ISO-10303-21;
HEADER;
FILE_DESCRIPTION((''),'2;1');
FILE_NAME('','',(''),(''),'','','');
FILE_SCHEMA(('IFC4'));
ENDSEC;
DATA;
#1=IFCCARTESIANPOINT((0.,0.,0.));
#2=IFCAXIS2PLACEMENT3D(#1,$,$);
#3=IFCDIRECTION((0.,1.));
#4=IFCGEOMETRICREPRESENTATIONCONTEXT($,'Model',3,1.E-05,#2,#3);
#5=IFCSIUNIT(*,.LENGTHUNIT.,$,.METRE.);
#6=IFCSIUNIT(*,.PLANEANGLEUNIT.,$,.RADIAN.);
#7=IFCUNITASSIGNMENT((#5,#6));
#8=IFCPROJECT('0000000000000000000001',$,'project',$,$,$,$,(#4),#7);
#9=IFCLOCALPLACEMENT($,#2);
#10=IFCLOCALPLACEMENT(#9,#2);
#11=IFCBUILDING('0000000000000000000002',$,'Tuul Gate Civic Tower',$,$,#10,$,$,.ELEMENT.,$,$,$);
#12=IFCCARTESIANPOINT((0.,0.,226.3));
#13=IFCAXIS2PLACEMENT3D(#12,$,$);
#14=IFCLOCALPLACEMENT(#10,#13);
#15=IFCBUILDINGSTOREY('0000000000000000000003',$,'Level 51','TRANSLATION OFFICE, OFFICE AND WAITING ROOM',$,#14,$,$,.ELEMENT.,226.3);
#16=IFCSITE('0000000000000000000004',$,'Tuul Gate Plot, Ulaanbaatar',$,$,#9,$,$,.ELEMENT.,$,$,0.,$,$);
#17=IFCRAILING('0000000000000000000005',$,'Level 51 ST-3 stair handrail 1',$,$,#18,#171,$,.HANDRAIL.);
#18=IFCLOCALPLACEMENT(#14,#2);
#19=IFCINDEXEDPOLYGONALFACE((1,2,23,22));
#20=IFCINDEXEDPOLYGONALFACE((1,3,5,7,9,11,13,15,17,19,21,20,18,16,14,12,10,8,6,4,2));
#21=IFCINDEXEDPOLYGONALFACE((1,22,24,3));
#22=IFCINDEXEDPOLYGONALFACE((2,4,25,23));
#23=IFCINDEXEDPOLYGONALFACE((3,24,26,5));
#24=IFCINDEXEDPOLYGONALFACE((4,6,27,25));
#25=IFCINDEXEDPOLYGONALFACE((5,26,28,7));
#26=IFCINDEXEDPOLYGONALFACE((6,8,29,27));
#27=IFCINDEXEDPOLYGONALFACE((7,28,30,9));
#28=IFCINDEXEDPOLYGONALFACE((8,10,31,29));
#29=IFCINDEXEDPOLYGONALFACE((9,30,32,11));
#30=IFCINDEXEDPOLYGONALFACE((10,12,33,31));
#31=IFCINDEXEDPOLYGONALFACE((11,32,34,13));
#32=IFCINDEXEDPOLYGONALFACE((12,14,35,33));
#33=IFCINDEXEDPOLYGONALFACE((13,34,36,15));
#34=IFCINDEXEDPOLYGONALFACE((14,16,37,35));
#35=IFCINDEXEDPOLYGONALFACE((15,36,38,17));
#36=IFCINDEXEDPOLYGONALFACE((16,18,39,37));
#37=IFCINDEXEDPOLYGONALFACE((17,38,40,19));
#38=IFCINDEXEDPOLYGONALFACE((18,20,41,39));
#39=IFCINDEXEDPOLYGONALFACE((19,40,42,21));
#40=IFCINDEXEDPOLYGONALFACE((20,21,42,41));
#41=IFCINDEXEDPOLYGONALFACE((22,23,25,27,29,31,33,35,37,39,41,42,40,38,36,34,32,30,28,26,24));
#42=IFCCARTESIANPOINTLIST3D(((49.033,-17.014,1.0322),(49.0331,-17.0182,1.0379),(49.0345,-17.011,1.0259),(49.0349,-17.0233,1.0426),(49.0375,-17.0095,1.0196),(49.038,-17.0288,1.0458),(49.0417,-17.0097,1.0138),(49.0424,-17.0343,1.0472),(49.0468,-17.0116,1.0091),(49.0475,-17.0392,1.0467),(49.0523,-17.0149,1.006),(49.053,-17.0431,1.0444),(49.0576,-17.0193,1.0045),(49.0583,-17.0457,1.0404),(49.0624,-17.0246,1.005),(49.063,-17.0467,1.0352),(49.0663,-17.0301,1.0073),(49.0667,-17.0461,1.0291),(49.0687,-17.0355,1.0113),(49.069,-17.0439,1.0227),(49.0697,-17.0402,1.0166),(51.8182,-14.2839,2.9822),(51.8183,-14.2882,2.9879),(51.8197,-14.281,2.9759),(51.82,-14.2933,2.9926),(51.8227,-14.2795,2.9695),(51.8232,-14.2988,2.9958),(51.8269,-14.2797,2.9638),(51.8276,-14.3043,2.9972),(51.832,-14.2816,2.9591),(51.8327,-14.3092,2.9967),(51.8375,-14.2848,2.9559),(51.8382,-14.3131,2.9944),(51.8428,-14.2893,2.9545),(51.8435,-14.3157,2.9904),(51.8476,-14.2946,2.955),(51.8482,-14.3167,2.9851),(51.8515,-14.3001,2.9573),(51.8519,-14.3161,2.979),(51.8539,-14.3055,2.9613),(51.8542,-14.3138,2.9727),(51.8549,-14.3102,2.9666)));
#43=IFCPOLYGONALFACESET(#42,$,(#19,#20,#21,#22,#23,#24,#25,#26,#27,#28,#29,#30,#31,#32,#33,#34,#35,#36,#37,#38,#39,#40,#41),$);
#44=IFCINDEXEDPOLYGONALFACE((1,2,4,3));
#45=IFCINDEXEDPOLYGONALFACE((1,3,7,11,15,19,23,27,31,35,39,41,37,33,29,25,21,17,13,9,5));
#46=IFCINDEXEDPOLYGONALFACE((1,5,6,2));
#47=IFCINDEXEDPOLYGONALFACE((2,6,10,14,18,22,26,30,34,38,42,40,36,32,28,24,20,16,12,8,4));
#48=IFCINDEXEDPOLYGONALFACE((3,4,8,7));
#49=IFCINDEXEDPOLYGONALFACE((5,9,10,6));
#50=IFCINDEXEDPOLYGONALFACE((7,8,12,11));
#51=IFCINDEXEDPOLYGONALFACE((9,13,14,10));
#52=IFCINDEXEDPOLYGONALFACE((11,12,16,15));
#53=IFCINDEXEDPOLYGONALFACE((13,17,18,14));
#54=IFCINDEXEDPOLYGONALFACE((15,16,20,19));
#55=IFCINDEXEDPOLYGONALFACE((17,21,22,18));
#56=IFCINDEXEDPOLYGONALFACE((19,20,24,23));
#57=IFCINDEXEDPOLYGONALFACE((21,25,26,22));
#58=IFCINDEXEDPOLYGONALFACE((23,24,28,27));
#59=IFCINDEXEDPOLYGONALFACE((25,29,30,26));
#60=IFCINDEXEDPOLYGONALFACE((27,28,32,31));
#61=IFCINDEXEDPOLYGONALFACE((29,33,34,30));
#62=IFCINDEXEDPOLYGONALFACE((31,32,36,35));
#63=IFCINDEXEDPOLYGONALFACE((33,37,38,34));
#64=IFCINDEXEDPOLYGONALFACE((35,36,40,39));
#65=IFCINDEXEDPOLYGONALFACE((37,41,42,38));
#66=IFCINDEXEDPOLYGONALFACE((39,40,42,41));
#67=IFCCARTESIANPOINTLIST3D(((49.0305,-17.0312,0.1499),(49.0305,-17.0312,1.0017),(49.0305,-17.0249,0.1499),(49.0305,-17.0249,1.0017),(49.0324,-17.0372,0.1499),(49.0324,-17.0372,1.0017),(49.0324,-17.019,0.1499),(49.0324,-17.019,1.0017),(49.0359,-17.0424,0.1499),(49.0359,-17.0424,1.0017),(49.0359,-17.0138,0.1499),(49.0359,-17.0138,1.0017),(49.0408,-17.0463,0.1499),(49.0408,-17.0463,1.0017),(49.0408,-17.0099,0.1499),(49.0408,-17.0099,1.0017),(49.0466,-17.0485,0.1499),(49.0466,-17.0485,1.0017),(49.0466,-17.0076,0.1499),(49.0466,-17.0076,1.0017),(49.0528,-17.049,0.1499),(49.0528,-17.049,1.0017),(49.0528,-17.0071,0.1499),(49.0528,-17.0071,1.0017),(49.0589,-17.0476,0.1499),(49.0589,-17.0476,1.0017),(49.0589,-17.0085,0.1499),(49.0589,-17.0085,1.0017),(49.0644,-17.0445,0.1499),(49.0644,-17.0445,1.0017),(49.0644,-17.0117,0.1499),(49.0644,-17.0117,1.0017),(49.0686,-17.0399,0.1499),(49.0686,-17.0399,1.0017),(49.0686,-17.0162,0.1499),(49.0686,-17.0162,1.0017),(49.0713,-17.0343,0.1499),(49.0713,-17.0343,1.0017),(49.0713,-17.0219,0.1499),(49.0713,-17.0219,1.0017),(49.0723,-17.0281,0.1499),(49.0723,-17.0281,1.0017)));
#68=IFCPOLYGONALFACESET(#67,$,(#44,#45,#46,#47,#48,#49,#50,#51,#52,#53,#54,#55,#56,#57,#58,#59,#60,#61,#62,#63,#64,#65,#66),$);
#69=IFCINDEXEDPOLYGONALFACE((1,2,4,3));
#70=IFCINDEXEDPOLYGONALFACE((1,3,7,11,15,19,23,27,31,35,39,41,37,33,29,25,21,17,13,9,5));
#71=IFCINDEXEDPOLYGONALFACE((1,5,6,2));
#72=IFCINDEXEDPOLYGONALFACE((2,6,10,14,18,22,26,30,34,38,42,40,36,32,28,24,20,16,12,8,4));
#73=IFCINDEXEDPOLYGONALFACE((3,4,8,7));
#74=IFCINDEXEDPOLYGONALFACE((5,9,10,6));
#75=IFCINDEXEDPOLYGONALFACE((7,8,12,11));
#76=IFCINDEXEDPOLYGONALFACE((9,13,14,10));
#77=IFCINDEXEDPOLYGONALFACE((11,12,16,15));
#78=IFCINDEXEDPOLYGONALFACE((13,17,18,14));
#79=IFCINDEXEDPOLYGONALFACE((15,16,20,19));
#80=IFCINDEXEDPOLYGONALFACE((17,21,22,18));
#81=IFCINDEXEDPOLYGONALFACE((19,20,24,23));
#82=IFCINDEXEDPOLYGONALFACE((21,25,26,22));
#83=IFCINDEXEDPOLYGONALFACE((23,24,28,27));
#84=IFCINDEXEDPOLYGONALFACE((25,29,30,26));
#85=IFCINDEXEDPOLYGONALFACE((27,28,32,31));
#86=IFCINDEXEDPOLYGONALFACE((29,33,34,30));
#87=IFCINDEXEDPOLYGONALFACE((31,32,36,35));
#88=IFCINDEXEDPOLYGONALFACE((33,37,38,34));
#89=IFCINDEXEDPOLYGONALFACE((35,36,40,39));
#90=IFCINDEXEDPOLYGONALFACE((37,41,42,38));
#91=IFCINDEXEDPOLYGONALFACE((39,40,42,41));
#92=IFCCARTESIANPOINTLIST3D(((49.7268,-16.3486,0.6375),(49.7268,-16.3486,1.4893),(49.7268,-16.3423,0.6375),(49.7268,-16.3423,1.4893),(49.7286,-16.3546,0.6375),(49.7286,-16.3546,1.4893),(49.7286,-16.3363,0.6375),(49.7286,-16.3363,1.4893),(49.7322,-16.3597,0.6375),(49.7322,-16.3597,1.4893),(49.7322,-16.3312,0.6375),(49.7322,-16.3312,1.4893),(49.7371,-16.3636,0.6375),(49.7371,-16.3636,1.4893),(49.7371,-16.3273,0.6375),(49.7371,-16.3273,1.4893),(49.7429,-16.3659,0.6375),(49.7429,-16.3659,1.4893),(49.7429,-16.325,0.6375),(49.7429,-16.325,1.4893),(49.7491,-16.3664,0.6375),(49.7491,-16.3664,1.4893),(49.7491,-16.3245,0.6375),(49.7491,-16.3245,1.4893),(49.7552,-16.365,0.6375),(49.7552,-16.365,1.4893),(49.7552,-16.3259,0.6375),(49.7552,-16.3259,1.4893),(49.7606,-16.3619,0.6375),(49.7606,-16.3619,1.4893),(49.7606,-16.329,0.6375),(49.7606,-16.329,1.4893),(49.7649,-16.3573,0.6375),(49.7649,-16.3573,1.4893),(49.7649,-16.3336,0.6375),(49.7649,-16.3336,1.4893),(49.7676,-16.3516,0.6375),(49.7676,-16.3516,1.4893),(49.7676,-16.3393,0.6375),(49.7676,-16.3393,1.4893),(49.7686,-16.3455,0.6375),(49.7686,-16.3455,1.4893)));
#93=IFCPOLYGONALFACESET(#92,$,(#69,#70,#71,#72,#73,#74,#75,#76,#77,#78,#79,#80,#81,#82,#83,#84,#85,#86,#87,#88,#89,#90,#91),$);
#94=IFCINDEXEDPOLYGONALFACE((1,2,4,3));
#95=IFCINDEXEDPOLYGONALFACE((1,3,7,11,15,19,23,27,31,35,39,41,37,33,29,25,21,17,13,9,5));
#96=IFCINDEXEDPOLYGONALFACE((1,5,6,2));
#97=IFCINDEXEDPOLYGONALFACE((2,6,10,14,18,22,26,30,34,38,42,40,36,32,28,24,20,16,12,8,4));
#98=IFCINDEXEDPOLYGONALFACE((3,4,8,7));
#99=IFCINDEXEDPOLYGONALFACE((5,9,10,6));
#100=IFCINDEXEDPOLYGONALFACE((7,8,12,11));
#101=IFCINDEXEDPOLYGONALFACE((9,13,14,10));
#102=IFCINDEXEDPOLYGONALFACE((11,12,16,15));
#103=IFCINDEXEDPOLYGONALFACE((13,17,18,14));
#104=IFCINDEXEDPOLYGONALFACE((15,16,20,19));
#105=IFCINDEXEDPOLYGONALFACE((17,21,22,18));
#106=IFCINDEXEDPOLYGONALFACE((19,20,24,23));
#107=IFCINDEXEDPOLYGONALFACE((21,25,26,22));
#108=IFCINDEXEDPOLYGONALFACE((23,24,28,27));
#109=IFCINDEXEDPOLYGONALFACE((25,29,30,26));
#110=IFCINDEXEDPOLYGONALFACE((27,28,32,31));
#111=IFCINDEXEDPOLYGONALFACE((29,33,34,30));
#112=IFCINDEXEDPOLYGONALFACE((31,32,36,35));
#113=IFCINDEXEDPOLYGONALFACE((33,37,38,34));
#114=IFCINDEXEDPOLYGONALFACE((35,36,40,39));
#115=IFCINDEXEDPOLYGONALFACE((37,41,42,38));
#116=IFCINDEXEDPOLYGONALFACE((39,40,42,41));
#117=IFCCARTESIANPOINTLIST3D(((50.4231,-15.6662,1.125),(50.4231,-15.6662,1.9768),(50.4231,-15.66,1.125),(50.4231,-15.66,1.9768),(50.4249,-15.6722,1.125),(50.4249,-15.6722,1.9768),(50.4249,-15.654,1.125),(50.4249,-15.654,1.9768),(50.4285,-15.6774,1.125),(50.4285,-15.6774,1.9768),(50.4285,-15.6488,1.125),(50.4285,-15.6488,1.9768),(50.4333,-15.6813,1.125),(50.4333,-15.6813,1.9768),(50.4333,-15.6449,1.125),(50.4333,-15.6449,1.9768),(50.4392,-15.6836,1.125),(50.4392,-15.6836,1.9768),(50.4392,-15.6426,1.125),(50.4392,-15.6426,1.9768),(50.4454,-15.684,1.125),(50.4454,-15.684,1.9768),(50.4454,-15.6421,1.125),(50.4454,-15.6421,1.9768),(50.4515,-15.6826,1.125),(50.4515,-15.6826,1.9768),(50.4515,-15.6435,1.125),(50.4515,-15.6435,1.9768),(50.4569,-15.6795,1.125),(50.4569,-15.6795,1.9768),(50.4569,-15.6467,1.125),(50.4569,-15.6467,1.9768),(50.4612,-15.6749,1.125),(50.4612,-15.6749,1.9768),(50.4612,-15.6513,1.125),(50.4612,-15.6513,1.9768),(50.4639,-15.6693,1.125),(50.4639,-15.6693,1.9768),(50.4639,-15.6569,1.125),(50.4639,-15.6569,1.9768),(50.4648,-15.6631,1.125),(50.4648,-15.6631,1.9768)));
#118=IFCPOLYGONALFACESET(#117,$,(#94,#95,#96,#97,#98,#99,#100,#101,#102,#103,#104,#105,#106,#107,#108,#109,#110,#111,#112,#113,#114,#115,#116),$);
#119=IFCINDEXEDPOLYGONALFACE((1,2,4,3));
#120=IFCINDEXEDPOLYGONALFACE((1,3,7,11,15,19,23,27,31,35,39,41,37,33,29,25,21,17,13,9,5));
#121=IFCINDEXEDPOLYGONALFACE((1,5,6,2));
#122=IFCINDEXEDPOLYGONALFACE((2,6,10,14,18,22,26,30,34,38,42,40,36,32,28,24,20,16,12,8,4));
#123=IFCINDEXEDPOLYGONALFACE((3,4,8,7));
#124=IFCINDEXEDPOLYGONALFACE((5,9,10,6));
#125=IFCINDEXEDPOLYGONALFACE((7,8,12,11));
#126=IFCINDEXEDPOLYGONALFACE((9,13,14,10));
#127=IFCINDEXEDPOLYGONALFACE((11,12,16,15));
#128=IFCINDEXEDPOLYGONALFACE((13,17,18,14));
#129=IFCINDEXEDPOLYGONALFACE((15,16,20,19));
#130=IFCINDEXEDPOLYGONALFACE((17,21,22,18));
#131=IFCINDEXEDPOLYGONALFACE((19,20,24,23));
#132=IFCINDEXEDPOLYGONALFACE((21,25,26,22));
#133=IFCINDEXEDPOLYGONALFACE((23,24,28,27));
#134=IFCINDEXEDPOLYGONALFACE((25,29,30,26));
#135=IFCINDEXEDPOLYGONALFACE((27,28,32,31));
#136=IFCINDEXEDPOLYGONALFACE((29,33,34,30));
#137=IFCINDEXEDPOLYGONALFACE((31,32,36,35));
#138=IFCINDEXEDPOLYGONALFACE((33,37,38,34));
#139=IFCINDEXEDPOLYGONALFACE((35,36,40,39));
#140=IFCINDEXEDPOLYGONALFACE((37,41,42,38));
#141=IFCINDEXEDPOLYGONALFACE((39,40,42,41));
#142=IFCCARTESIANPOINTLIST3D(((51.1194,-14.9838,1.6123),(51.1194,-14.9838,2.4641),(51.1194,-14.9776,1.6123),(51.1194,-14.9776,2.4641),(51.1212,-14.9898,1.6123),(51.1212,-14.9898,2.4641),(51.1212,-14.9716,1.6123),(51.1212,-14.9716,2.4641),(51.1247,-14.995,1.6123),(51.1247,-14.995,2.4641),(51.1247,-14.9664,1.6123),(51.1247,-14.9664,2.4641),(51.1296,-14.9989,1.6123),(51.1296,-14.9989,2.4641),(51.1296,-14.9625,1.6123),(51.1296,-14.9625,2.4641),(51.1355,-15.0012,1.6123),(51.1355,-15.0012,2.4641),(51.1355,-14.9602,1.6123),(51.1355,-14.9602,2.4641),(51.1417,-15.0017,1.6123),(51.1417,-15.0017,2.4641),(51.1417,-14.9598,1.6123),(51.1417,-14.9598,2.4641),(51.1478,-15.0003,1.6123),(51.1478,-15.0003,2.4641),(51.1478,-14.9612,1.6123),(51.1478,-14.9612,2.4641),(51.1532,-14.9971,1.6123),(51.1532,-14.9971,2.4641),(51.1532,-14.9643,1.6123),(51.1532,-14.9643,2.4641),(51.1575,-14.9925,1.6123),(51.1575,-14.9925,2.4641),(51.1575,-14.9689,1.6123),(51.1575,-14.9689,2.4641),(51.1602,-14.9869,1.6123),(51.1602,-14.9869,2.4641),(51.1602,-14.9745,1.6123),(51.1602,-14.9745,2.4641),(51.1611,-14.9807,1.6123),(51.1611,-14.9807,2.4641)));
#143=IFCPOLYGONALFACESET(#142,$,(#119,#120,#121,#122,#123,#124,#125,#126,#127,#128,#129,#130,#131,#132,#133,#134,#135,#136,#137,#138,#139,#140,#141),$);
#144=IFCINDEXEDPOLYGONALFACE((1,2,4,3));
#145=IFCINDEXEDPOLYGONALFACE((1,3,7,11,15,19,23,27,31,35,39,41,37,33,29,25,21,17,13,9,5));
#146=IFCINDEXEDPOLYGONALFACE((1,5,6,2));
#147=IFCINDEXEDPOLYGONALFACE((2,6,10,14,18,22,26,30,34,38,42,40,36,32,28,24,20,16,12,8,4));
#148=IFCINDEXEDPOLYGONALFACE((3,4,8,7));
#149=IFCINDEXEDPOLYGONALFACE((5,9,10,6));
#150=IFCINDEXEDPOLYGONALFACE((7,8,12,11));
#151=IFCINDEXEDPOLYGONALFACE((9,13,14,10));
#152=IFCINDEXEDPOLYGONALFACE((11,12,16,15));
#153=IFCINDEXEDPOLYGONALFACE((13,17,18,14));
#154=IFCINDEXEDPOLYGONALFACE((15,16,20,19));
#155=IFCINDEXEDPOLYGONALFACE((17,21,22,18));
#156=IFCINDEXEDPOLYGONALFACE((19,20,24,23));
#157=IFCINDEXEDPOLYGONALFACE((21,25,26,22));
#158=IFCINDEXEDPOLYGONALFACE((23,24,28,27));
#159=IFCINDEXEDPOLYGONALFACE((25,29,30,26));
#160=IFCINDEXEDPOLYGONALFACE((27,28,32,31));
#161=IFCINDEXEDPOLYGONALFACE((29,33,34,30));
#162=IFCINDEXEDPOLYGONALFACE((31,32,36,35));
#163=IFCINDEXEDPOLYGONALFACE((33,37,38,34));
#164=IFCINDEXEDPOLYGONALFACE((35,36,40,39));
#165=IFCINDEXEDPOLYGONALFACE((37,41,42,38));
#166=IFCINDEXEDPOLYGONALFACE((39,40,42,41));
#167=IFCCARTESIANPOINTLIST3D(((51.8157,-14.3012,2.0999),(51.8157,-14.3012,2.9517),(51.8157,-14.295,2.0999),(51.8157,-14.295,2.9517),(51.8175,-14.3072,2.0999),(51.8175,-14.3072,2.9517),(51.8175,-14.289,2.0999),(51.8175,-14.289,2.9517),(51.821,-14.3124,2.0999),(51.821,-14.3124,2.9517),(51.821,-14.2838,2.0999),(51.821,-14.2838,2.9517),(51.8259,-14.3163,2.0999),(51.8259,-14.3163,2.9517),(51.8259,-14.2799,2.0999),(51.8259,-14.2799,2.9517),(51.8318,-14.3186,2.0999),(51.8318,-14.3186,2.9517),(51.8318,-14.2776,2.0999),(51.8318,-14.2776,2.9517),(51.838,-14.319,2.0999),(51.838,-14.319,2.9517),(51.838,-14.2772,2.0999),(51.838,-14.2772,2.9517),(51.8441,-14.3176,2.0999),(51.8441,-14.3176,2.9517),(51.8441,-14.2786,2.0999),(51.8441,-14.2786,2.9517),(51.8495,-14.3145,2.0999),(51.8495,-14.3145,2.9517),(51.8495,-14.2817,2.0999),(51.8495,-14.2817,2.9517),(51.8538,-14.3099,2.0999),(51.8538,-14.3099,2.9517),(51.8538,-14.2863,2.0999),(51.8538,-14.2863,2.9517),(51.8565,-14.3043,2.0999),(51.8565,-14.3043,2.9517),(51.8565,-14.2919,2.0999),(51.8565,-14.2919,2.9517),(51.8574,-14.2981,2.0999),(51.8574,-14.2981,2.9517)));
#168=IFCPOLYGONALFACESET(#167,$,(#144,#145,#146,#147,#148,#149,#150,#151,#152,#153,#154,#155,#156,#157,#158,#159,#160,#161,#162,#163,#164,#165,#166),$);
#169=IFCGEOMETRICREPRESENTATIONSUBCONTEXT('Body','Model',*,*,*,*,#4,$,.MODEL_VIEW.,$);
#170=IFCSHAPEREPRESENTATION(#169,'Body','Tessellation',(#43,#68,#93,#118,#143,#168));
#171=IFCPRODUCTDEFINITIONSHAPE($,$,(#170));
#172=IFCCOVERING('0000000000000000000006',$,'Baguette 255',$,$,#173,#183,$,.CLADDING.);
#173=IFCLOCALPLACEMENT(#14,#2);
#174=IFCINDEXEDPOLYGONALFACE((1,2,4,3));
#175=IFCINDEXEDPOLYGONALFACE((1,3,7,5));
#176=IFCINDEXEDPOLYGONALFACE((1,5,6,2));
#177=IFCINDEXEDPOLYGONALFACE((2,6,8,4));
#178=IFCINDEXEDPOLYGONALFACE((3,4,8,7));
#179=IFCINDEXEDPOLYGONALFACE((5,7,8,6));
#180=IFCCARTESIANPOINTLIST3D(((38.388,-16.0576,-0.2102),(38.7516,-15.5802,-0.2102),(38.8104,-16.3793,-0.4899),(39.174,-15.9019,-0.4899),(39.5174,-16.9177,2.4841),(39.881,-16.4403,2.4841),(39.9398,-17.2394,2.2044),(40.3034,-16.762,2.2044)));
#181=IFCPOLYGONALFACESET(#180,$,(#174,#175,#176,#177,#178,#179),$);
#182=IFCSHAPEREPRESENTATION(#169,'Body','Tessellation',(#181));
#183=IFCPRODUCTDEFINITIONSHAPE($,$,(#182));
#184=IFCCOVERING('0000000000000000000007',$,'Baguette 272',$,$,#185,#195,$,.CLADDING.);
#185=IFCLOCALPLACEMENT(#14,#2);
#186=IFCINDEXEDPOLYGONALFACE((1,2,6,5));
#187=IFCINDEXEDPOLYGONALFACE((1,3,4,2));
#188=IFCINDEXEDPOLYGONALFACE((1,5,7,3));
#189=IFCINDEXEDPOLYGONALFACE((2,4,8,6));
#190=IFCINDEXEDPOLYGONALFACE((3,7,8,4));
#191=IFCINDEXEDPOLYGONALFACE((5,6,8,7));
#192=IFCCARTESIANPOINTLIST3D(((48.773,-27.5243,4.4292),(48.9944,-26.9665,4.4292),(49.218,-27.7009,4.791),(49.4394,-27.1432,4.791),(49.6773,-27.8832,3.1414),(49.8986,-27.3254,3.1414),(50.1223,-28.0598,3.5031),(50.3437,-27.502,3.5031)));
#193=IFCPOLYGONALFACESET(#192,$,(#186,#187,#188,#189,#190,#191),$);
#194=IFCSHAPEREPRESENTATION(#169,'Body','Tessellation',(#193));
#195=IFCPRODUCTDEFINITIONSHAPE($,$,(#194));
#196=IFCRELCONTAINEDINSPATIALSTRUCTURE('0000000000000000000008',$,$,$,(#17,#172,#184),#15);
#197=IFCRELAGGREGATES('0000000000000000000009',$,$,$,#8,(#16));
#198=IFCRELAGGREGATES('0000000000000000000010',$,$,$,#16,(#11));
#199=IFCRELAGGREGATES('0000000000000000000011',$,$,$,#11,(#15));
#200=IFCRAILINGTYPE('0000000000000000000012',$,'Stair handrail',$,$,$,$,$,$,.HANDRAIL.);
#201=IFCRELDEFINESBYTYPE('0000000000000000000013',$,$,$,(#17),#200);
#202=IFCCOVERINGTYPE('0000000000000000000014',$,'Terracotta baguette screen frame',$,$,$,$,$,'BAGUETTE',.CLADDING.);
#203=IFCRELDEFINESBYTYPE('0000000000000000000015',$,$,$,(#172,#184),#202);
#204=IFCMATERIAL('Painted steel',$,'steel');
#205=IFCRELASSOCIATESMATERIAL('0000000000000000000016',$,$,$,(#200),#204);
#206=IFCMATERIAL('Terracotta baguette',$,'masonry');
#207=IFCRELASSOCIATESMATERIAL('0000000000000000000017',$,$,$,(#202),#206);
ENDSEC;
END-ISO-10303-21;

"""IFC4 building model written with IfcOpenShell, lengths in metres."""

from ifc_helpers import new_model, si_unit, direction, frame, origin, origin_2d, place, context, subcontext, project, spatial, rectangle, circle, extrude, material, material_profile, profile_set, type_object, element, save


model = new_model("IFC4")

# Units and contexts
model_context = context("Model", 3, precision=1e-05, world=origin(), true_north=direction((0.0, 1.0)))
body_context = subcontext(model_context, "Body", "Model", "MODEL_VIEW")
ifc_project = project(units=[si_unit("LENGTHUNIT", "METRE"), si_unit("PLANEANGLEUNIT", "RADIAN")], contexts=[model_context])

# Site, building, storey
site_placement = place(None, origin())
site = spatial("IfcSite", under=ifc_project, at=site_placement, Name="Tuul Gate Plot, Ulaanbaatar", CompositionType="ELEMENT", RefElevation=0.0)
building_placement = place(site_placement, origin())
building = spatial("IfcBuilding", under=site, at=building_placement, Name="Tuul Gate Civic Tower", CompositionType="ELEMENT")
storey_placement = place(building_placement, frame((0.0, 0.0, 226.3)))
storey = spatial("IfcBuildingStorey", under=building, at=storey_placement, Name="Level 51", Description="TRANSLATION OFFICE, OFFICE AND WAITING ROOM", CompositionType="ELEMENT", Elevation=226.3)

# Railing
ifc_material_1 = material(Name="Painted steel", Category="steel")
railing_type_1 = type_object("IfcRailingType", Name="Stair handrail", PredefinedType="HANDRAIL", material=ifc_material_1)
railing_1_placement = place(storey_placement, frame((49.0513, -17.0281, 0.1499)))
element("IfcRailing", 1, at=railing_1_placement, inside=storey, type_object=railing_type_1, Name="Level 51 ST-3 stair handrail 1", PredefinedType="HANDRAIL", context=body_context, shape_type="SweptSolid", body=[
    extrude(circle(Radius=0.0239, at=origin_2d()), frame((0.0, 0.0, 0.876), z_axis=(0.638754, 0.6261, 0.447206), x_axis=(-0.699998, 0.714145, 0.0)), (0.0, 0.0, 1.0), 4.3604),
    extrude(circle(Radius=0.021, at=origin_2d()), origin(), (0.0, 0.0, 1.0), 0.8518),
    extrude(circle(Radius=0.021, at=origin_2d()), frame((0.6963, 0.6826, 0.4875)), (0.0, 0.0, 1.0), 0.8518),
    extrude(circle(Radius=0.021, at=origin_2d()), frame((1.3926, 1.365, 0.9751)), (0.0, 0.0, 1.0), 0.8518),
    extrude(circle(Radius=0.021, at=origin_2d()), frame((2.0889, 2.0474, 1.4624)), (0.0, 0.0, 1.0), 0.8518),
    extrude(circle(Radius=0.021, at=origin_2d()), frame((2.7852, 2.73, 1.95)), (0.0, 0.0, 1.0), 0.8518),
])

# Coverings
ifc_material_2 = material(Name="Terracotta baguette", Category="masonry")
ifc_material_profile_1 = material_profile(ifc_material_2, rectangle(XDim=0.6001, YDim=0.6001, at=origin_2d()), Name="Terracotta baguette screen frame")
ifc_profile_set_1 = profile_set([ifc_material_profile_1], Name="Terracotta baguette")
covering_type = type_object("IfcCoveringType", Name="Terracotta baguette screen frame", ElementType="BAGUETTE", PredefinedType="CLADDING", material=ifc_profile_set_1)
covering_1_placement = place(storey_placement, frame((39.9104, -16.8398, 2.3442), z_axis=(-0.370847, 0.282424, -0.884709), x_axis=(-0.605872, -0.795562, 0.0)))
element("IfcCovering", 2, at=covering_1_placement, inside=storey, type_object=covering_type, Name="Baguette 255", PredefinedType="CLADDING", context=body_context, shape_type="SweptSolid", body=[
    extrude(rectangle(XDim=0.6001, YDim=0.6001, at=origin_2d()), origin(), (0.0, 0.0, 1.0), 3.0454),
])
covering_2_placement = place(storey_placement, frame((49.1062, -27.3337, 4.6101), z_axis=(0.560273, -0.222355, -0.797905), x_axis=(0.36888, 0.929477, 0.0)))
element("IfcCovering", 3, at=covering_2_placement, inside=storey, type_object=covering_type, Name="Baguette 272", PredefinedType="CLADDING", context=body_context, shape_type="SweptSolid", body=[
    extrude(rectangle(XDim=0.6001, YDim=0.6001, at=origin_2d()), origin(), (0.0, 0.0, 1.0), 1.614),
])

save(model, "model.ifc")
